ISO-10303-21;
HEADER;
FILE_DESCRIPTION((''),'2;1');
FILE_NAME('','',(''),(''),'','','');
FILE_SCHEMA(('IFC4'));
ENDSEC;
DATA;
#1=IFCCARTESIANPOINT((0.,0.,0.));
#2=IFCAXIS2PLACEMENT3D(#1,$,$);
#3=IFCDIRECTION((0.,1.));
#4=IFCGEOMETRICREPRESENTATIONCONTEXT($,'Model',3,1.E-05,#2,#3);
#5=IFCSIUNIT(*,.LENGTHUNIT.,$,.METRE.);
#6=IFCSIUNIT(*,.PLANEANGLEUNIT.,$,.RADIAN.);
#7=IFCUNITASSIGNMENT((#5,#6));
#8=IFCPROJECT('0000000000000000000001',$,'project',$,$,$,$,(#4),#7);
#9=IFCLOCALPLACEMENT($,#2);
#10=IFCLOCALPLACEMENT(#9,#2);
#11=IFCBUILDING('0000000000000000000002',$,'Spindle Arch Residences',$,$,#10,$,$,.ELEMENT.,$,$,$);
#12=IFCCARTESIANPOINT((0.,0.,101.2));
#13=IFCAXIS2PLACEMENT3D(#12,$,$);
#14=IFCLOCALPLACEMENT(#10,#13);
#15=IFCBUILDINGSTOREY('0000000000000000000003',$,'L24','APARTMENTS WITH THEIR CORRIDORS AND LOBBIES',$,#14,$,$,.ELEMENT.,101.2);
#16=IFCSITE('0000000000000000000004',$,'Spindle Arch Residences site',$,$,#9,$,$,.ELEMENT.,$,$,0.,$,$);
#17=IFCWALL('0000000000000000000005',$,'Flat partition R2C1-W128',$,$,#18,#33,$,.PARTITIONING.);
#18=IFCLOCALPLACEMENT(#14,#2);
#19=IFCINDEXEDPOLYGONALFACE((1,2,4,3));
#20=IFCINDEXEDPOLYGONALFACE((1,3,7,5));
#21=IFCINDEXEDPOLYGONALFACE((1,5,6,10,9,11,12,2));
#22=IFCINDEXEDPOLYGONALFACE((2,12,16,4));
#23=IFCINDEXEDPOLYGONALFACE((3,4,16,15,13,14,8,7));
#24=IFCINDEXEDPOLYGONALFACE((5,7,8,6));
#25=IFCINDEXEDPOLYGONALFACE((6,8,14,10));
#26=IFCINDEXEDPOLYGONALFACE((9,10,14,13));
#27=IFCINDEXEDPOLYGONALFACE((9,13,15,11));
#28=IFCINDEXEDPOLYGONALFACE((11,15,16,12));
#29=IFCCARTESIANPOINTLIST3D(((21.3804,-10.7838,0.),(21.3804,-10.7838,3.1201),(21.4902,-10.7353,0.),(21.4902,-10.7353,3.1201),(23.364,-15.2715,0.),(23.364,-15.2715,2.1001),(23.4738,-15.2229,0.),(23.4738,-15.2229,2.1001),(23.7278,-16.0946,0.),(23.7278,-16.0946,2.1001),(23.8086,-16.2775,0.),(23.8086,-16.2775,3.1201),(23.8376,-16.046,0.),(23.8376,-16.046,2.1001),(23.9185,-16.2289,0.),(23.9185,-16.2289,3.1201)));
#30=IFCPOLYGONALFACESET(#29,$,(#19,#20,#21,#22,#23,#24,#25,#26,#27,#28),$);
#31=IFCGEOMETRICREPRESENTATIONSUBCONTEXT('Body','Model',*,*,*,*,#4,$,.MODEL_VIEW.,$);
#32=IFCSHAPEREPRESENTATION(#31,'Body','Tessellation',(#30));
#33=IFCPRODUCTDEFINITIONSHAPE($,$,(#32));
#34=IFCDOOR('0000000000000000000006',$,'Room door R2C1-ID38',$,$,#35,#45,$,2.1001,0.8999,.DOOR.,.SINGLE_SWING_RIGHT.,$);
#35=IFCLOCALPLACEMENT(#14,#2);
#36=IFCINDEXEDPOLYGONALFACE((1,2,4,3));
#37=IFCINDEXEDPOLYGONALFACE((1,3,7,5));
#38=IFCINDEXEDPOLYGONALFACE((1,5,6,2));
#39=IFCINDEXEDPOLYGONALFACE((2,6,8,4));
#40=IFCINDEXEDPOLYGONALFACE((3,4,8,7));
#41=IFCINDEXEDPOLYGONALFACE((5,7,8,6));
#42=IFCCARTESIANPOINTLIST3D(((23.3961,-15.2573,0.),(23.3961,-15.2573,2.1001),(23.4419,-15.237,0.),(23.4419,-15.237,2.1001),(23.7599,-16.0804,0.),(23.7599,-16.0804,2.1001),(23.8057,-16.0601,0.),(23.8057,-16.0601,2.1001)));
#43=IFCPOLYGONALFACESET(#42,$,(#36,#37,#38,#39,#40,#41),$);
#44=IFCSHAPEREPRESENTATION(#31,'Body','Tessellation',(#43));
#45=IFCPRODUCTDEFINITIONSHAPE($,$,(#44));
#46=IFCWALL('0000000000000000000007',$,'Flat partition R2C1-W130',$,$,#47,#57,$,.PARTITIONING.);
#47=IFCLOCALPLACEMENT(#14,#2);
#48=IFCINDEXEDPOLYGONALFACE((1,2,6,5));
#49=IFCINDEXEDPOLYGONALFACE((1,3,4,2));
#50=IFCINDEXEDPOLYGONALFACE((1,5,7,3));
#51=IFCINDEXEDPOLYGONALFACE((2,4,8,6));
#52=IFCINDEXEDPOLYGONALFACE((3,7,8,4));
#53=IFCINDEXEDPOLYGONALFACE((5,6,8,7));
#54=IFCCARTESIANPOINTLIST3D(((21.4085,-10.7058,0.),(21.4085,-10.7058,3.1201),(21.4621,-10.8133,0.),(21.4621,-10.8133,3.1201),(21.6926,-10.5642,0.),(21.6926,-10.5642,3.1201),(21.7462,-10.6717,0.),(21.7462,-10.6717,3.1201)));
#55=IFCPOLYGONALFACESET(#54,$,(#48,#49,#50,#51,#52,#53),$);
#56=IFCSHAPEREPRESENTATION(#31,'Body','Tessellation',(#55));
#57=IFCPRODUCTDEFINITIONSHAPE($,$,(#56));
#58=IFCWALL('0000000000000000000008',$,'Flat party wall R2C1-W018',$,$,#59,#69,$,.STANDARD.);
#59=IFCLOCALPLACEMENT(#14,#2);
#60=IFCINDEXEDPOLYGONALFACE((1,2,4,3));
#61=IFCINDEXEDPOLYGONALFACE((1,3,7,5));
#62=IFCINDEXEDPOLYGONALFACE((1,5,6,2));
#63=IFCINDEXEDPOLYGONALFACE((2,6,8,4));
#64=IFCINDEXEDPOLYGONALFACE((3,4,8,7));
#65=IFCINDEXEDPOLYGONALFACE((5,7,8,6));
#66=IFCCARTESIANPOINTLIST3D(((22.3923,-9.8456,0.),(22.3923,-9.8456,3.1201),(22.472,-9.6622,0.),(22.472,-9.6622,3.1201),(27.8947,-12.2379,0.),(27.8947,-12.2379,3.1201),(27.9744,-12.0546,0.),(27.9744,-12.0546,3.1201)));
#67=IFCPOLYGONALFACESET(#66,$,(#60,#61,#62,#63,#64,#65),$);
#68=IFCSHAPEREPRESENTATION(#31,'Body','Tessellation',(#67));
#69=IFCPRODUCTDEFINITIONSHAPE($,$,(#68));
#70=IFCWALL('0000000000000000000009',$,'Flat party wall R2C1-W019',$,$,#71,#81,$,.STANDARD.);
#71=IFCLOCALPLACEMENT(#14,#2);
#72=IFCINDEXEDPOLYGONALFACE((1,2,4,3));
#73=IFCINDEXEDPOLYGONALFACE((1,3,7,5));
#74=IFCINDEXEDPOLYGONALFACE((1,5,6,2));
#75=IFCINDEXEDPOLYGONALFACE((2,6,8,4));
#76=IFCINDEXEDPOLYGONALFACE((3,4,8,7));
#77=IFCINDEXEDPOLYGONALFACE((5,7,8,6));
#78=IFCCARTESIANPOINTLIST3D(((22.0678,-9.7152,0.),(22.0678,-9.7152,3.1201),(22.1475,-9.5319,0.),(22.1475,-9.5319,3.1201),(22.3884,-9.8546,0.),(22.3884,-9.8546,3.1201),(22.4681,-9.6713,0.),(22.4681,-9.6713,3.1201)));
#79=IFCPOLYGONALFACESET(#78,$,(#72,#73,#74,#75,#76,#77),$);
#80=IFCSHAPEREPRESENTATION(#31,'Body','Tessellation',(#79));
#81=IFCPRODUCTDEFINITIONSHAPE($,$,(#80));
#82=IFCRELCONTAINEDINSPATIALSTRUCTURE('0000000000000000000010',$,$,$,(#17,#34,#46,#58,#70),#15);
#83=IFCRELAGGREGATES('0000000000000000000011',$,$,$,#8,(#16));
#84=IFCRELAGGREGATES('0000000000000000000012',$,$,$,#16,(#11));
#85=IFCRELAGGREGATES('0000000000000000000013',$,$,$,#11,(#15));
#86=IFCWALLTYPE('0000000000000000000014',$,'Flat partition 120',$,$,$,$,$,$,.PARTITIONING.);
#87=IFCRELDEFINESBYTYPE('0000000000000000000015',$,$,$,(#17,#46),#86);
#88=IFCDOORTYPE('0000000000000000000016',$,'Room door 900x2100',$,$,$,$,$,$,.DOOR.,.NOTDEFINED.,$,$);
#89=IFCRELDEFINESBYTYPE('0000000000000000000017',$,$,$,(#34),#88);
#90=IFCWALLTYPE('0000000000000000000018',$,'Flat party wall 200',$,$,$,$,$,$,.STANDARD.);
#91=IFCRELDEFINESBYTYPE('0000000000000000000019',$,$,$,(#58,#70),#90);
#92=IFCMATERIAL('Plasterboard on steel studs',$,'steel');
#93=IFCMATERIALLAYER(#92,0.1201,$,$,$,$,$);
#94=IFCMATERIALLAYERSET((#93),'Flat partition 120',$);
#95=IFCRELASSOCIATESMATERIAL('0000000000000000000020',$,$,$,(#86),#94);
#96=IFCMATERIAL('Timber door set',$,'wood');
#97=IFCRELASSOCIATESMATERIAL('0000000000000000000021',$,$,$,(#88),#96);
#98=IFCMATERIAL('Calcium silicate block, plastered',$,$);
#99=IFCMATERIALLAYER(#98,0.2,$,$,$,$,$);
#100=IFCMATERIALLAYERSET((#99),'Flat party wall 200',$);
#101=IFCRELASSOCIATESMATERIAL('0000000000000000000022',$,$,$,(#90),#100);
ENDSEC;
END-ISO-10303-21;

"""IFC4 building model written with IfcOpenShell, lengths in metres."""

from ifc_helpers import new_model, si_unit, direction, frame, frame_2d, origin, place, context, subcontext, project, spatial, rectangle, extrude, material, layer, layer_set, type_object, element, fill, save


model = new_model("IFC4")

# Units and contexts
model_context = context("Model", 3, precision=1e-05, world=origin(), true_north=direction((0.0, 1.0)))
body_context = subcontext(model_context, "Body", "Model", "MODEL_VIEW")
ifc_project = project(units=[si_unit("LENGTHUNIT", "METRE"), si_unit("PLANEANGLEUNIT", "RADIAN")], contexts=[model_context])

# Site, building, storey
site_placement = place(None, origin())
site = spatial("IfcSite", under=ifc_project, at=site_placement, Name="Spindle Arch Residences site", CompositionType="ELEMENT", RefElevation=0.0)
building_placement = place(site_placement, origin())
building = spatial("IfcBuilding", under=site, at=building_placement, Name="Spindle Arch Residences", CompositionType="ELEMENT")
storey_placement = place(building_placement, frame((0.0, 0.0, 101.2)))
storey = spatial("IfcBuildingStorey", under=building, at=storey_placement, Name="L24", Description="APARTMENTS WITH THEIR CORRIDORS AND LOBBIES", CompositionType="ELEMENT", Elevation=101.2)

# Shared definitions
ifc_material_1 = material(Name="Plasterboard on steel studs", Category="steel")
ifc_layer_1 = layer(ifc_material_1, 0.1201)
ifc_layer_set_1 = layer_set([ifc_layer_1], Name="Flat partition 120")
wall_type_1 = type_object("IfcWallType", Name="Flat partition 120", PredefinedType="PARTITIONING", material=ifc_layer_set_1)

# Shared definitions
ifc_material_2 = material(Name="Timber door set", Category="wood")
door_type = type_object("IfcDoorType", Name="Room door 900x2100", OperationType="NOTDEFINED", PredefinedType="DOOR", material=ifc_material_2)

# Wall, opening, door
wall_1_placement = place(storey_placement, frame((23.8635, -16.2532, 0.0), z_axis=(0.0, 0.0, 1.0), x_axis=(-0.404275, 0.914638, 0.0)))
wall_1 = element("IfcWall", 1, at=wall_1_placement, inside=storey, type_object=wall_type_1, Name="Flat partition R2C1-W128", PredefinedType="PARTITIONING", context=body_context, shape_type="SweptSolid", body=[
    extrude(rectangle(XDim=6.0063, YDim=0.1201, at=frame_2d((3.0032, 0.0))), origin(), (0.0, 0.0, 1.0), 3.1201),
])
opening_1_placement = place(wall_1_placement, frame((0.2, 0.0, 0.0)))
opening_1 = element("IfcOpeningElement", 2, at=opening_1_placement, cuts=wall_1, PredefinedType="OPENING", context=body_context, shape_type="SweptSolid", body=[
    extrude(rectangle(XDim=0.8999, YDim=2.1001, at=frame_2d((0.45, 1.05))), frame((0.0, 0.0701, 0.0), z_axis=(0.0, -1.0, 0.0), x_axis=(1.0, 0.0, 0.0)), (0.0, 0.0, 1.0), 0.1401),
])
door_1_placement = place(opening_1_placement, origin())
door_1 = element("IfcDoor", 3, at=door_1_placement, inside=storey, type_object=door_type, Name="Room door R2C1-ID38", OperationType="SINGLE_SWING_RIGHT", OverallHeight=2.1001, OverallWidth=0.8999, PredefinedType="DOOR", context=body_context, shape_type="SweptSolid", body=[
    extrude(rectangle(XDim=0.8999, YDim=2.1001, at=frame_2d((0.45, 1.05))), frame((0.0, 0.0249, 0.0), z_axis=(0.0, -1.0, 0.0), x_axis=(1.0, 0.0, 0.0)), (0.0, 0.0, 1.0), 0.05),
])
fill(opening_1, door_1)

# Walls
wall_2_placement = place(storey_placement, frame((21.4353, -10.7595, 0.0), z_axis=(0.0, 0.0, 1.0), x_axis=(0.895041, 0.445983, 0.0)))
element("IfcWall", 4, at=wall_2_placement, inside=storey, type_object=wall_type_1, Name="Flat partition R2C1-W130", PredefinedType="PARTITIONING", context=body_context, shape_type="SweptSolid", body=[
    extrude(rectangle(XDim=0.3174, YDim=0.1201, at=frame_2d((0.1587, 0.0))), origin(), (0.0, 0.0, 1.0), 3.1201),
])
ifc_material_3 = material(Name="Calcium silicate block, plastered")
ifc_layer_2 = layer(ifc_material_3, 0.2)
ifc_layer_set_2 = layer_set([ifc_layer_2], Name="Flat party wall 200")
wall_type_2 = type_object("IfcWallType", Name="Flat party wall 200", PredefinedType="STANDARD", material=ifc_layer_set_2)
wall_3_placement = place(storey_placement, frame((22.4321, -9.7539, 0.0), z_axis=(0.0, 0.0, 1.0), x_axis=(0.917072, -0.398722, 0.0)))
element("IfcWall", 5, at=wall_3_placement, inside=storey, type_object=wall_type_2, Name="Flat party wall R2C1-W018", PredefinedType="STANDARD", context=body_context, shape_type="SweptSolid", body=[
    extrude(rectangle(XDim=6.0, YDim=0.2, at=frame_2d((3.0, 0.0))), origin(), (0.0, 0.0, 1.0), 3.1201),
])
wall_4_placement = place(storey_placement, frame((22.1077, -9.6235, 0.0), z_axis=(0.0, 0.0, 1.0), x_axis=(0.917037, -0.398803, 0.0)))
element("IfcWall", 6, at=wall_4_placement, inside=storey, type_object=wall_type_2, Name="Flat party wall R2C1-W019", PredefinedType="STANDARD", context=body_context, shape_type="SweptSolid", body=[
    extrude(rectangle(XDim=0.3496, YDim=0.2, at=frame_2d((0.1748, 0.0))), origin(), (0.0, 0.0, 1.0), 3.1201),
])

save(model, "model.ifc")
